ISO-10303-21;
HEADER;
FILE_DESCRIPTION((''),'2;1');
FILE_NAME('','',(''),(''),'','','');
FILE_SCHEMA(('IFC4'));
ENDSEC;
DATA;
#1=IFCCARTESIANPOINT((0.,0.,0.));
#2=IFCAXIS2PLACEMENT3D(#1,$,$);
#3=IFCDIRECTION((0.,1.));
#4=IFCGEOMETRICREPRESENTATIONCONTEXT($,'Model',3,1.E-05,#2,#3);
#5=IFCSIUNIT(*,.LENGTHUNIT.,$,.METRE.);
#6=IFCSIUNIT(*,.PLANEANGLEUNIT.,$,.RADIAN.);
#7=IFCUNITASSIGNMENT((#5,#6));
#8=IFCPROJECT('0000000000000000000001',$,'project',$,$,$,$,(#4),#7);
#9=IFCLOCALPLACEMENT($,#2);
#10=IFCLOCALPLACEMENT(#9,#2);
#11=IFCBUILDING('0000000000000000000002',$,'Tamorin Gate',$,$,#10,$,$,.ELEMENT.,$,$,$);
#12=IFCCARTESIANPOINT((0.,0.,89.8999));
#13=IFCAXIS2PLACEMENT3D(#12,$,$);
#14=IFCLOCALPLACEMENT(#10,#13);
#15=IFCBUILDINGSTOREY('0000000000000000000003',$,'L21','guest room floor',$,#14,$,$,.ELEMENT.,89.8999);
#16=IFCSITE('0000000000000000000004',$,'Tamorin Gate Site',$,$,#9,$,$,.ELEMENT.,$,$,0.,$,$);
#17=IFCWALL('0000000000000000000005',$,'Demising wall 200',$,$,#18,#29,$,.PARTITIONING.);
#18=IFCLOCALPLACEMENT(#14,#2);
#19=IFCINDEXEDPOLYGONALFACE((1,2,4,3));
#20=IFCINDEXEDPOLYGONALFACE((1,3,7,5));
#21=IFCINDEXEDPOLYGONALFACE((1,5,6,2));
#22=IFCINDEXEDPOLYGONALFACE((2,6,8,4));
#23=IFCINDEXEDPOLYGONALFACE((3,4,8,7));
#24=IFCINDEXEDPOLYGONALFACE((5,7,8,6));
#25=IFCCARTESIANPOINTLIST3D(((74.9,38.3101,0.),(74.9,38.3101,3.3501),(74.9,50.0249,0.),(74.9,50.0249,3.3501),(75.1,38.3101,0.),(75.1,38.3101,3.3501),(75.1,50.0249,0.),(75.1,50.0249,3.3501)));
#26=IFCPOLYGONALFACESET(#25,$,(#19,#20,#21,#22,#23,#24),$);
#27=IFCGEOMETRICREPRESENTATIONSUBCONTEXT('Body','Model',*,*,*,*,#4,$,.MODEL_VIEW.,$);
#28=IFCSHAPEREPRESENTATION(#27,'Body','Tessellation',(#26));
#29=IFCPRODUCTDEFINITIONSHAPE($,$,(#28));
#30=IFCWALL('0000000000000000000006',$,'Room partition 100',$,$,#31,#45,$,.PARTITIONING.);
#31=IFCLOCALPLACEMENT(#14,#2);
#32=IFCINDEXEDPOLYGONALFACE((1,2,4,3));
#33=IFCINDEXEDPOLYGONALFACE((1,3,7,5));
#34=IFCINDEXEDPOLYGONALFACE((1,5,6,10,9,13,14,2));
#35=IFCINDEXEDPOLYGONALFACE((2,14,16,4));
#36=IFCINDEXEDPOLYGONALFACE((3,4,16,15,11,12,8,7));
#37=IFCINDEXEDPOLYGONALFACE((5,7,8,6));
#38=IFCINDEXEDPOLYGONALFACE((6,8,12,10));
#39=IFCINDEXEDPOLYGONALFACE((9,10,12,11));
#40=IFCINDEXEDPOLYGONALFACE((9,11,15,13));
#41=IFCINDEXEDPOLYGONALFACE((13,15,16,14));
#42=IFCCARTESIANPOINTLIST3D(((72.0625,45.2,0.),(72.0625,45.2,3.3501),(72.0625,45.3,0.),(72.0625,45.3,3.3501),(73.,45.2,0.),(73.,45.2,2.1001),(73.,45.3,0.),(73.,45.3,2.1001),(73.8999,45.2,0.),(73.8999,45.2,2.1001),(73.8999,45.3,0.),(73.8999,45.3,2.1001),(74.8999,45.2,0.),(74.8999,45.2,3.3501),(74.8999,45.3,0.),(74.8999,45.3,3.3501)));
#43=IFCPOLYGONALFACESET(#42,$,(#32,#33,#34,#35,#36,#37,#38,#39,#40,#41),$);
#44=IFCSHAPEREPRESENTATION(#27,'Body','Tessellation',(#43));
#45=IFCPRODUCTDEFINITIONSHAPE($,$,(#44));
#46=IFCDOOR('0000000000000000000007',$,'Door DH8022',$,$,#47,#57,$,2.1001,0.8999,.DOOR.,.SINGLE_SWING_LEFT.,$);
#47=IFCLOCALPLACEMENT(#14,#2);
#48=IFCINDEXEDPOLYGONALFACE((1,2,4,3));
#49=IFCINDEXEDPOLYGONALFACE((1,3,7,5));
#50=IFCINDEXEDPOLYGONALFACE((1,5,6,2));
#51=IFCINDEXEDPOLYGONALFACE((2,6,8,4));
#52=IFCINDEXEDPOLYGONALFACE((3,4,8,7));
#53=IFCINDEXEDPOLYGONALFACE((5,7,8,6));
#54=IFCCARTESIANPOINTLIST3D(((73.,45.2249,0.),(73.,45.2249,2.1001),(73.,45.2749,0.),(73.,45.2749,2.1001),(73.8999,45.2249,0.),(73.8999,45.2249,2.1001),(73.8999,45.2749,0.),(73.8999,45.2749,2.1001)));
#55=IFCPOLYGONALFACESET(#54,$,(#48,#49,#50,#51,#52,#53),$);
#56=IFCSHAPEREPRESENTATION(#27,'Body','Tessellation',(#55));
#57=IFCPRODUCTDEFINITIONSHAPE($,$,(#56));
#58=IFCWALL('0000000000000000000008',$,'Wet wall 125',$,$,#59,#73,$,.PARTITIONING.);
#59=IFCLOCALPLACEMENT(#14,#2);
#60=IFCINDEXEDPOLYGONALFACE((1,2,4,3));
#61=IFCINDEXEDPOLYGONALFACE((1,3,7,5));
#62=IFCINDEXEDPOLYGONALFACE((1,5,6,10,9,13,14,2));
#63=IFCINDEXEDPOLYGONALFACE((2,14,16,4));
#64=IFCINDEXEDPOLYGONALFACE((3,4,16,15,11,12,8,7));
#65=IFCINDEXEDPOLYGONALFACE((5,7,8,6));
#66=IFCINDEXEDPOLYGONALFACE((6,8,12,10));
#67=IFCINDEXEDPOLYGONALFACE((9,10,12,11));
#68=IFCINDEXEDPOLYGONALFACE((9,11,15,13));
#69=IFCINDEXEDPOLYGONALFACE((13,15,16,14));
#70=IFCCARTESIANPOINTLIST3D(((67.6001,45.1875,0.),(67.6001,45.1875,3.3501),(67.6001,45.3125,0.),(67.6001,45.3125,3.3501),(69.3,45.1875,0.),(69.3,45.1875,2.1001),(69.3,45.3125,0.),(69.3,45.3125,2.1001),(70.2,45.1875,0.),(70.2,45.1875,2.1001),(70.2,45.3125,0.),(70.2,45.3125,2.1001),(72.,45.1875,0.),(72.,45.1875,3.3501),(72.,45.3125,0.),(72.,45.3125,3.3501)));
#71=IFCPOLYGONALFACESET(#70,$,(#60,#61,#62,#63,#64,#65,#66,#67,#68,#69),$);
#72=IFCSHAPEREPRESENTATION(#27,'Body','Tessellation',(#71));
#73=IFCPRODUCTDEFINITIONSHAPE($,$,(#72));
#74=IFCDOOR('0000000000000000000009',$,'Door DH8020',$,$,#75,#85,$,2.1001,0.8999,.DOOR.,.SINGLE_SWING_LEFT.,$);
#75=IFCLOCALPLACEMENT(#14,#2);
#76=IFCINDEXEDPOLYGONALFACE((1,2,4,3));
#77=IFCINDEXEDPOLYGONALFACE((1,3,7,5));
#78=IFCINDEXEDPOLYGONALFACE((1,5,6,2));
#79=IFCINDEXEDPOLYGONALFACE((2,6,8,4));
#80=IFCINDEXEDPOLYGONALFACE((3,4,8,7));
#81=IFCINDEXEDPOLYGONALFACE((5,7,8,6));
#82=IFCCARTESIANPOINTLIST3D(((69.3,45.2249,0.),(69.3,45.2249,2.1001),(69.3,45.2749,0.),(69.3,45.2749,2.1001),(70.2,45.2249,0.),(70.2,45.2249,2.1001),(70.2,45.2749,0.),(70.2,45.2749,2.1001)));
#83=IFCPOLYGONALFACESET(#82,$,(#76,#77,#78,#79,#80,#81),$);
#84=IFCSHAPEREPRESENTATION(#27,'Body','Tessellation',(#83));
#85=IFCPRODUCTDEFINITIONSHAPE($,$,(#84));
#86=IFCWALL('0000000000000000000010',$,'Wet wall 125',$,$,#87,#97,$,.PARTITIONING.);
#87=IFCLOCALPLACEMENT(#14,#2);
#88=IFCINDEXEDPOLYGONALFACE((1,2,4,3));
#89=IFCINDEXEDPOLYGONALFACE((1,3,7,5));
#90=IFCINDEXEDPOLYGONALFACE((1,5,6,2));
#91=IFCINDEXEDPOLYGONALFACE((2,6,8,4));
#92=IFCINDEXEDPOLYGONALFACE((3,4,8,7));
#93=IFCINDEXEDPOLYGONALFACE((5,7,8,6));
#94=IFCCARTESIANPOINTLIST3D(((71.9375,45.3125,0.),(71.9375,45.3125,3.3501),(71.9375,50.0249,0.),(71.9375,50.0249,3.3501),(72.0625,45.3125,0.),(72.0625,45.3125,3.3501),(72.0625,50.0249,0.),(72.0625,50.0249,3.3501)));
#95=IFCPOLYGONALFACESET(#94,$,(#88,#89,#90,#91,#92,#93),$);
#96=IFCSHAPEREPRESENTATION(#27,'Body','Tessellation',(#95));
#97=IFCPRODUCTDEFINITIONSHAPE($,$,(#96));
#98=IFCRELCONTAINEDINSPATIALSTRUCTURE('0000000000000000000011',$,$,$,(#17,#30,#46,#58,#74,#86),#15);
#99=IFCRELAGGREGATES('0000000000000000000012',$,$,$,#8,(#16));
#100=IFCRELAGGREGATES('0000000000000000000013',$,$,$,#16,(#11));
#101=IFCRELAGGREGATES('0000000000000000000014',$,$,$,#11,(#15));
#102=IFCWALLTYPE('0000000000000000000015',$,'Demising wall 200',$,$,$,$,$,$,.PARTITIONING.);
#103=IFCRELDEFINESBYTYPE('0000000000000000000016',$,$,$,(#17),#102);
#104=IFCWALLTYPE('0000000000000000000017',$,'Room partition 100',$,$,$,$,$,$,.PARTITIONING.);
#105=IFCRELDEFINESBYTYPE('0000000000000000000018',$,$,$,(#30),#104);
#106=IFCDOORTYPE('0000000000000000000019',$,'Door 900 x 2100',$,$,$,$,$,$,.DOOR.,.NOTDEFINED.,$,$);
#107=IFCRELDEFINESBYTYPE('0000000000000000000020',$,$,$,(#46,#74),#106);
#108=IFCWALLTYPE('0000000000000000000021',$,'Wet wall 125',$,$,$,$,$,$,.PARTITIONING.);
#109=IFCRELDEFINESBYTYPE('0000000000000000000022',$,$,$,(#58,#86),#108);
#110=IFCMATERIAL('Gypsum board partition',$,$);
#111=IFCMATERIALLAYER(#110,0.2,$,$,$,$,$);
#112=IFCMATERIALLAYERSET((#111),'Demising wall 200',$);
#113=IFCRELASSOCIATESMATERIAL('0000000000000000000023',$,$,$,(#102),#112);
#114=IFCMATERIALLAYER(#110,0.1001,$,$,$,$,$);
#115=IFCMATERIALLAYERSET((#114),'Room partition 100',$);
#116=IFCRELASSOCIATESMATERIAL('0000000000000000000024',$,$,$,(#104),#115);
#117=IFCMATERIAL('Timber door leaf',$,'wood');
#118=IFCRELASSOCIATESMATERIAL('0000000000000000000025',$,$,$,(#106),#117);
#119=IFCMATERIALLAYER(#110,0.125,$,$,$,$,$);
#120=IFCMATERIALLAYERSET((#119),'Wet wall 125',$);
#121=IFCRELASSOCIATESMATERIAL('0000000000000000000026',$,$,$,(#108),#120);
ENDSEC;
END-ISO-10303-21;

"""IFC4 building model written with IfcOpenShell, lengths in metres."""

from ifc_helpers import new_model, si_unit, direction, frame, frame_2d, origin, place, context, subcontext, project, spatial, rectangle, extrude, material, layer, layer_set, type_object, element, fill, save


model = new_model("IFC4")

# Units and contexts
model_context = context("Model", 3, precision=1e-05, world=origin(), true_north=direction((0.0, 1.0)))
body_context = subcontext(model_context, "Body", "Model", "MODEL_VIEW")
ifc_project = project(units=[si_unit("LENGTHUNIT", "METRE"), si_unit("PLANEANGLEUNIT", "RADIAN")], contexts=[model_context])

# Site, building, storey
site_placement = place(None, origin())
site = spatial("IfcSite", under=ifc_project, at=site_placement, Name="Tamorin Gate Site", CompositionType="ELEMENT", RefElevation=0.0)
building_placement = place(site_placement, origin())
building = spatial("IfcBuilding", under=site, at=building_placement, Name="Tamorin Gate", CompositionType="ELEMENT")
storey_placement = place(building_placement, frame((0.0, 0.0, 89.8999)))
storey = spatial("IfcBuildingStorey", under=building, at=storey_placement, Name="L21", Description="guest room floor", CompositionType="ELEMENT", Elevation=89.8999)

# Wall
ifc_material_1 = material(Name="Gypsum board partition")
ifc_layer_1 = layer(ifc_material_1, 0.2)
ifc_layer_set_1 = layer_set([ifc_layer_1], Name="Demising wall 200")
wall_type_1 = type_object("IfcWallType", Name="Demising wall 200", PredefinedType="PARTITIONING", material=ifc_layer_set_1)
wall_1_placement = place(storey_placement, frame((75.0, 38.3101, 0.0), z_axis=(0.0, 0.0, 1.0), x_axis=(0.0, 1.0, 0.0)))
element("IfcWall", 1, at=wall_1_placement, inside=storey, type_object=wall_type_1, Name="Demising wall 200", PredefinedType="PARTITIONING", context=body_context, shape_type="SweptSolid", body=[
    extrude(rectangle(XDim=11.7148, YDim=0.2, at=frame_2d((5.8574, 0.0))), origin(), (0.0, 0.0, 1.0), 3.3501),
])

# Walls, openings, doors
ifc_layer_2 = layer(ifc_material_1, 0.1001)
ifc_layer_set_2 = layer_set([ifc_layer_2], Name="Room partition 100")
wall_type_2 = type_object("IfcWallType", Name="Room partition 100", PredefinedType="PARTITIONING", material=ifc_layer_set_2)
wall_2_placement = place(storey_placement, frame((72.0625, 45.25, 0.0), z_axis=(0.0, 0.0, 1.0), x_axis=(1.0, 0.0, 0.0)))
wall_2 = element("IfcWall", 2, at=wall_2_placement, inside=storey, type_object=wall_type_2, Name="Room partition 100", PredefinedType="PARTITIONING", context=body_context, shape_type="SweptSolid", body=[
    extrude(rectangle(XDim=2.8374, YDim=0.1001, at=frame_2d((1.4187, 0.0))), origin(), (0.0, 0.0, 1.0), 3.3501),
])
opening_1_placement = place(wall_2_placement, frame((0.9375, 0.0, 0.0)))
opening_1 = element("IfcOpeningElement", 3, at=opening_1_placement, cuts=wall_2, PredefinedType="OPENING", context=body_context, shape_type="SweptSolid", body=[
    extrude(rectangle(XDim=0.8999, YDim=2.1001, at=frame_2d((0.45, 1.05))), frame((0.0, 0.0601, 0.0), z_axis=(0.0, -1.0, 0.0), x_axis=(1.0, 0.0, 0.0)), (0.0, 0.0, 1.0), 0.1201),
])
ifc_material_2 = material(Name="Timber door leaf", Category="wood")
door_type = type_object("IfcDoorType", Name="Door 900 x 2100", OperationType="NOTDEFINED", PredefinedType="DOOR", material=ifc_material_2)
door_1_placement = place(opening_1_placement, origin())
door_1 = element("IfcDoor", 4, at=door_1_placement, inside=storey, type_object=door_type, Name="Door DH8022", OperationType="SINGLE_SWING_LEFT", OverallHeight=2.1001, OverallWidth=0.8999, PredefinedType="DOOR", context=body_context, shape_type="SweptSolid", body=[
    extrude(rectangle(XDim=0.8999, YDim=2.1001, at=frame_2d((0.45, 1.05))), frame((0.0, 0.0249, 0.0), z_axis=(0.0, -1.0, 0.0), x_axis=(1.0, 0.0, 0.0)), (0.0, 0.0, 1.0), 0.05),
])
fill(opening_1, door_1)
ifc_layer_3 = layer(ifc_material_1, 0.125)
ifc_layer_set_3 = layer_set([ifc_layer_3], Name="Wet wall 125")
wall_type_3 = type_object("IfcWallType", Name="Wet wall 125", PredefinedType="PARTITIONING", material=ifc_layer_set_3)
wall_3_placement = place(storey_placement, frame((67.6001, 45.25, 0.0), z_axis=(0.0, 0.0, 1.0), x_axis=(1.0, 0.0, 0.0)))
wall_3 = element("IfcWall", 5, at=wall_3_placement, inside=storey, type_object=wall_type_3, Name="Wet wall 125", PredefinedType="PARTITIONING", context=body_context, shape_type="SweptSolid", body=[
    extrude(rectangle(XDim=4.3999, YDim=0.125, at=frame_2d((2.2, 0.0))), origin(), (0.0, 0.0, 1.0), 3.3501),
])
opening_2_placement = place(wall_3_placement, frame((1.7, 0.0, 0.0)))
opening_2 = element("IfcOpeningElement", 6, at=opening_2_placement, cuts=wall_3, PredefinedType="OPENING", context=body_context, shape_type="SweptSolid", body=[
    extrude(rectangle(XDim=0.8999, YDim=2.1001, at=frame_2d((0.45, 1.05))), frame((0.0, 0.0725, 0.0), z_axis=(0.0, -1.0, 0.0), x_axis=(1.0, 0.0, 0.0)), (0.0, 0.0, 1.0), 0.145),
])
door_2_placement = place(opening_2_placement, origin())
door_2 = element("IfcDoor", 7, at=door_2_placement, inside=storey, type_object=door_type, Name="Door DH8020", OperationType="SINGLE_SWING_LEFT", OverallHeight=2.1001, OverallWidth=0.8999, PredefinedType="DOOR", context=body_context, shape_type="SweptSolid", body=[
    extrude(rectangle(XDim=0.8999, YDim=2.1001, at=frame_2d((0.45, 1.05))), frame((0.0, 0.0249, 0.0), z_axis=(0.0, -1.0, 0.0), x_axis=(1.0, 0.0, 0.0)), (0.0, 0.0, 1.0), 0.05),
])
fill(opening_2, door_2)

# Wall
wall_4_placement = place(storey_placement, frame((72.0, 45.3125, 0.0), z_axis=(0.0, 0.0, 1.0), x_axis=(0.0, 1.0, 0.0)))
element("IfcWall", 8, at=wall_4_placement, inside=storey, type_object=wall_type_3, Name="Wet wall 125", PredefinedType="PARTITIONING", context=body_context, shape_type="SweptSolid", body=[
    extrude(rectangle(XDim=4.7124, YDim=0.125, at=frame_2d((2.3562, 0.0))), origin(), (0.0, 0.0, 1.0), 3.3501),
])

save(model, "model.ifc")
